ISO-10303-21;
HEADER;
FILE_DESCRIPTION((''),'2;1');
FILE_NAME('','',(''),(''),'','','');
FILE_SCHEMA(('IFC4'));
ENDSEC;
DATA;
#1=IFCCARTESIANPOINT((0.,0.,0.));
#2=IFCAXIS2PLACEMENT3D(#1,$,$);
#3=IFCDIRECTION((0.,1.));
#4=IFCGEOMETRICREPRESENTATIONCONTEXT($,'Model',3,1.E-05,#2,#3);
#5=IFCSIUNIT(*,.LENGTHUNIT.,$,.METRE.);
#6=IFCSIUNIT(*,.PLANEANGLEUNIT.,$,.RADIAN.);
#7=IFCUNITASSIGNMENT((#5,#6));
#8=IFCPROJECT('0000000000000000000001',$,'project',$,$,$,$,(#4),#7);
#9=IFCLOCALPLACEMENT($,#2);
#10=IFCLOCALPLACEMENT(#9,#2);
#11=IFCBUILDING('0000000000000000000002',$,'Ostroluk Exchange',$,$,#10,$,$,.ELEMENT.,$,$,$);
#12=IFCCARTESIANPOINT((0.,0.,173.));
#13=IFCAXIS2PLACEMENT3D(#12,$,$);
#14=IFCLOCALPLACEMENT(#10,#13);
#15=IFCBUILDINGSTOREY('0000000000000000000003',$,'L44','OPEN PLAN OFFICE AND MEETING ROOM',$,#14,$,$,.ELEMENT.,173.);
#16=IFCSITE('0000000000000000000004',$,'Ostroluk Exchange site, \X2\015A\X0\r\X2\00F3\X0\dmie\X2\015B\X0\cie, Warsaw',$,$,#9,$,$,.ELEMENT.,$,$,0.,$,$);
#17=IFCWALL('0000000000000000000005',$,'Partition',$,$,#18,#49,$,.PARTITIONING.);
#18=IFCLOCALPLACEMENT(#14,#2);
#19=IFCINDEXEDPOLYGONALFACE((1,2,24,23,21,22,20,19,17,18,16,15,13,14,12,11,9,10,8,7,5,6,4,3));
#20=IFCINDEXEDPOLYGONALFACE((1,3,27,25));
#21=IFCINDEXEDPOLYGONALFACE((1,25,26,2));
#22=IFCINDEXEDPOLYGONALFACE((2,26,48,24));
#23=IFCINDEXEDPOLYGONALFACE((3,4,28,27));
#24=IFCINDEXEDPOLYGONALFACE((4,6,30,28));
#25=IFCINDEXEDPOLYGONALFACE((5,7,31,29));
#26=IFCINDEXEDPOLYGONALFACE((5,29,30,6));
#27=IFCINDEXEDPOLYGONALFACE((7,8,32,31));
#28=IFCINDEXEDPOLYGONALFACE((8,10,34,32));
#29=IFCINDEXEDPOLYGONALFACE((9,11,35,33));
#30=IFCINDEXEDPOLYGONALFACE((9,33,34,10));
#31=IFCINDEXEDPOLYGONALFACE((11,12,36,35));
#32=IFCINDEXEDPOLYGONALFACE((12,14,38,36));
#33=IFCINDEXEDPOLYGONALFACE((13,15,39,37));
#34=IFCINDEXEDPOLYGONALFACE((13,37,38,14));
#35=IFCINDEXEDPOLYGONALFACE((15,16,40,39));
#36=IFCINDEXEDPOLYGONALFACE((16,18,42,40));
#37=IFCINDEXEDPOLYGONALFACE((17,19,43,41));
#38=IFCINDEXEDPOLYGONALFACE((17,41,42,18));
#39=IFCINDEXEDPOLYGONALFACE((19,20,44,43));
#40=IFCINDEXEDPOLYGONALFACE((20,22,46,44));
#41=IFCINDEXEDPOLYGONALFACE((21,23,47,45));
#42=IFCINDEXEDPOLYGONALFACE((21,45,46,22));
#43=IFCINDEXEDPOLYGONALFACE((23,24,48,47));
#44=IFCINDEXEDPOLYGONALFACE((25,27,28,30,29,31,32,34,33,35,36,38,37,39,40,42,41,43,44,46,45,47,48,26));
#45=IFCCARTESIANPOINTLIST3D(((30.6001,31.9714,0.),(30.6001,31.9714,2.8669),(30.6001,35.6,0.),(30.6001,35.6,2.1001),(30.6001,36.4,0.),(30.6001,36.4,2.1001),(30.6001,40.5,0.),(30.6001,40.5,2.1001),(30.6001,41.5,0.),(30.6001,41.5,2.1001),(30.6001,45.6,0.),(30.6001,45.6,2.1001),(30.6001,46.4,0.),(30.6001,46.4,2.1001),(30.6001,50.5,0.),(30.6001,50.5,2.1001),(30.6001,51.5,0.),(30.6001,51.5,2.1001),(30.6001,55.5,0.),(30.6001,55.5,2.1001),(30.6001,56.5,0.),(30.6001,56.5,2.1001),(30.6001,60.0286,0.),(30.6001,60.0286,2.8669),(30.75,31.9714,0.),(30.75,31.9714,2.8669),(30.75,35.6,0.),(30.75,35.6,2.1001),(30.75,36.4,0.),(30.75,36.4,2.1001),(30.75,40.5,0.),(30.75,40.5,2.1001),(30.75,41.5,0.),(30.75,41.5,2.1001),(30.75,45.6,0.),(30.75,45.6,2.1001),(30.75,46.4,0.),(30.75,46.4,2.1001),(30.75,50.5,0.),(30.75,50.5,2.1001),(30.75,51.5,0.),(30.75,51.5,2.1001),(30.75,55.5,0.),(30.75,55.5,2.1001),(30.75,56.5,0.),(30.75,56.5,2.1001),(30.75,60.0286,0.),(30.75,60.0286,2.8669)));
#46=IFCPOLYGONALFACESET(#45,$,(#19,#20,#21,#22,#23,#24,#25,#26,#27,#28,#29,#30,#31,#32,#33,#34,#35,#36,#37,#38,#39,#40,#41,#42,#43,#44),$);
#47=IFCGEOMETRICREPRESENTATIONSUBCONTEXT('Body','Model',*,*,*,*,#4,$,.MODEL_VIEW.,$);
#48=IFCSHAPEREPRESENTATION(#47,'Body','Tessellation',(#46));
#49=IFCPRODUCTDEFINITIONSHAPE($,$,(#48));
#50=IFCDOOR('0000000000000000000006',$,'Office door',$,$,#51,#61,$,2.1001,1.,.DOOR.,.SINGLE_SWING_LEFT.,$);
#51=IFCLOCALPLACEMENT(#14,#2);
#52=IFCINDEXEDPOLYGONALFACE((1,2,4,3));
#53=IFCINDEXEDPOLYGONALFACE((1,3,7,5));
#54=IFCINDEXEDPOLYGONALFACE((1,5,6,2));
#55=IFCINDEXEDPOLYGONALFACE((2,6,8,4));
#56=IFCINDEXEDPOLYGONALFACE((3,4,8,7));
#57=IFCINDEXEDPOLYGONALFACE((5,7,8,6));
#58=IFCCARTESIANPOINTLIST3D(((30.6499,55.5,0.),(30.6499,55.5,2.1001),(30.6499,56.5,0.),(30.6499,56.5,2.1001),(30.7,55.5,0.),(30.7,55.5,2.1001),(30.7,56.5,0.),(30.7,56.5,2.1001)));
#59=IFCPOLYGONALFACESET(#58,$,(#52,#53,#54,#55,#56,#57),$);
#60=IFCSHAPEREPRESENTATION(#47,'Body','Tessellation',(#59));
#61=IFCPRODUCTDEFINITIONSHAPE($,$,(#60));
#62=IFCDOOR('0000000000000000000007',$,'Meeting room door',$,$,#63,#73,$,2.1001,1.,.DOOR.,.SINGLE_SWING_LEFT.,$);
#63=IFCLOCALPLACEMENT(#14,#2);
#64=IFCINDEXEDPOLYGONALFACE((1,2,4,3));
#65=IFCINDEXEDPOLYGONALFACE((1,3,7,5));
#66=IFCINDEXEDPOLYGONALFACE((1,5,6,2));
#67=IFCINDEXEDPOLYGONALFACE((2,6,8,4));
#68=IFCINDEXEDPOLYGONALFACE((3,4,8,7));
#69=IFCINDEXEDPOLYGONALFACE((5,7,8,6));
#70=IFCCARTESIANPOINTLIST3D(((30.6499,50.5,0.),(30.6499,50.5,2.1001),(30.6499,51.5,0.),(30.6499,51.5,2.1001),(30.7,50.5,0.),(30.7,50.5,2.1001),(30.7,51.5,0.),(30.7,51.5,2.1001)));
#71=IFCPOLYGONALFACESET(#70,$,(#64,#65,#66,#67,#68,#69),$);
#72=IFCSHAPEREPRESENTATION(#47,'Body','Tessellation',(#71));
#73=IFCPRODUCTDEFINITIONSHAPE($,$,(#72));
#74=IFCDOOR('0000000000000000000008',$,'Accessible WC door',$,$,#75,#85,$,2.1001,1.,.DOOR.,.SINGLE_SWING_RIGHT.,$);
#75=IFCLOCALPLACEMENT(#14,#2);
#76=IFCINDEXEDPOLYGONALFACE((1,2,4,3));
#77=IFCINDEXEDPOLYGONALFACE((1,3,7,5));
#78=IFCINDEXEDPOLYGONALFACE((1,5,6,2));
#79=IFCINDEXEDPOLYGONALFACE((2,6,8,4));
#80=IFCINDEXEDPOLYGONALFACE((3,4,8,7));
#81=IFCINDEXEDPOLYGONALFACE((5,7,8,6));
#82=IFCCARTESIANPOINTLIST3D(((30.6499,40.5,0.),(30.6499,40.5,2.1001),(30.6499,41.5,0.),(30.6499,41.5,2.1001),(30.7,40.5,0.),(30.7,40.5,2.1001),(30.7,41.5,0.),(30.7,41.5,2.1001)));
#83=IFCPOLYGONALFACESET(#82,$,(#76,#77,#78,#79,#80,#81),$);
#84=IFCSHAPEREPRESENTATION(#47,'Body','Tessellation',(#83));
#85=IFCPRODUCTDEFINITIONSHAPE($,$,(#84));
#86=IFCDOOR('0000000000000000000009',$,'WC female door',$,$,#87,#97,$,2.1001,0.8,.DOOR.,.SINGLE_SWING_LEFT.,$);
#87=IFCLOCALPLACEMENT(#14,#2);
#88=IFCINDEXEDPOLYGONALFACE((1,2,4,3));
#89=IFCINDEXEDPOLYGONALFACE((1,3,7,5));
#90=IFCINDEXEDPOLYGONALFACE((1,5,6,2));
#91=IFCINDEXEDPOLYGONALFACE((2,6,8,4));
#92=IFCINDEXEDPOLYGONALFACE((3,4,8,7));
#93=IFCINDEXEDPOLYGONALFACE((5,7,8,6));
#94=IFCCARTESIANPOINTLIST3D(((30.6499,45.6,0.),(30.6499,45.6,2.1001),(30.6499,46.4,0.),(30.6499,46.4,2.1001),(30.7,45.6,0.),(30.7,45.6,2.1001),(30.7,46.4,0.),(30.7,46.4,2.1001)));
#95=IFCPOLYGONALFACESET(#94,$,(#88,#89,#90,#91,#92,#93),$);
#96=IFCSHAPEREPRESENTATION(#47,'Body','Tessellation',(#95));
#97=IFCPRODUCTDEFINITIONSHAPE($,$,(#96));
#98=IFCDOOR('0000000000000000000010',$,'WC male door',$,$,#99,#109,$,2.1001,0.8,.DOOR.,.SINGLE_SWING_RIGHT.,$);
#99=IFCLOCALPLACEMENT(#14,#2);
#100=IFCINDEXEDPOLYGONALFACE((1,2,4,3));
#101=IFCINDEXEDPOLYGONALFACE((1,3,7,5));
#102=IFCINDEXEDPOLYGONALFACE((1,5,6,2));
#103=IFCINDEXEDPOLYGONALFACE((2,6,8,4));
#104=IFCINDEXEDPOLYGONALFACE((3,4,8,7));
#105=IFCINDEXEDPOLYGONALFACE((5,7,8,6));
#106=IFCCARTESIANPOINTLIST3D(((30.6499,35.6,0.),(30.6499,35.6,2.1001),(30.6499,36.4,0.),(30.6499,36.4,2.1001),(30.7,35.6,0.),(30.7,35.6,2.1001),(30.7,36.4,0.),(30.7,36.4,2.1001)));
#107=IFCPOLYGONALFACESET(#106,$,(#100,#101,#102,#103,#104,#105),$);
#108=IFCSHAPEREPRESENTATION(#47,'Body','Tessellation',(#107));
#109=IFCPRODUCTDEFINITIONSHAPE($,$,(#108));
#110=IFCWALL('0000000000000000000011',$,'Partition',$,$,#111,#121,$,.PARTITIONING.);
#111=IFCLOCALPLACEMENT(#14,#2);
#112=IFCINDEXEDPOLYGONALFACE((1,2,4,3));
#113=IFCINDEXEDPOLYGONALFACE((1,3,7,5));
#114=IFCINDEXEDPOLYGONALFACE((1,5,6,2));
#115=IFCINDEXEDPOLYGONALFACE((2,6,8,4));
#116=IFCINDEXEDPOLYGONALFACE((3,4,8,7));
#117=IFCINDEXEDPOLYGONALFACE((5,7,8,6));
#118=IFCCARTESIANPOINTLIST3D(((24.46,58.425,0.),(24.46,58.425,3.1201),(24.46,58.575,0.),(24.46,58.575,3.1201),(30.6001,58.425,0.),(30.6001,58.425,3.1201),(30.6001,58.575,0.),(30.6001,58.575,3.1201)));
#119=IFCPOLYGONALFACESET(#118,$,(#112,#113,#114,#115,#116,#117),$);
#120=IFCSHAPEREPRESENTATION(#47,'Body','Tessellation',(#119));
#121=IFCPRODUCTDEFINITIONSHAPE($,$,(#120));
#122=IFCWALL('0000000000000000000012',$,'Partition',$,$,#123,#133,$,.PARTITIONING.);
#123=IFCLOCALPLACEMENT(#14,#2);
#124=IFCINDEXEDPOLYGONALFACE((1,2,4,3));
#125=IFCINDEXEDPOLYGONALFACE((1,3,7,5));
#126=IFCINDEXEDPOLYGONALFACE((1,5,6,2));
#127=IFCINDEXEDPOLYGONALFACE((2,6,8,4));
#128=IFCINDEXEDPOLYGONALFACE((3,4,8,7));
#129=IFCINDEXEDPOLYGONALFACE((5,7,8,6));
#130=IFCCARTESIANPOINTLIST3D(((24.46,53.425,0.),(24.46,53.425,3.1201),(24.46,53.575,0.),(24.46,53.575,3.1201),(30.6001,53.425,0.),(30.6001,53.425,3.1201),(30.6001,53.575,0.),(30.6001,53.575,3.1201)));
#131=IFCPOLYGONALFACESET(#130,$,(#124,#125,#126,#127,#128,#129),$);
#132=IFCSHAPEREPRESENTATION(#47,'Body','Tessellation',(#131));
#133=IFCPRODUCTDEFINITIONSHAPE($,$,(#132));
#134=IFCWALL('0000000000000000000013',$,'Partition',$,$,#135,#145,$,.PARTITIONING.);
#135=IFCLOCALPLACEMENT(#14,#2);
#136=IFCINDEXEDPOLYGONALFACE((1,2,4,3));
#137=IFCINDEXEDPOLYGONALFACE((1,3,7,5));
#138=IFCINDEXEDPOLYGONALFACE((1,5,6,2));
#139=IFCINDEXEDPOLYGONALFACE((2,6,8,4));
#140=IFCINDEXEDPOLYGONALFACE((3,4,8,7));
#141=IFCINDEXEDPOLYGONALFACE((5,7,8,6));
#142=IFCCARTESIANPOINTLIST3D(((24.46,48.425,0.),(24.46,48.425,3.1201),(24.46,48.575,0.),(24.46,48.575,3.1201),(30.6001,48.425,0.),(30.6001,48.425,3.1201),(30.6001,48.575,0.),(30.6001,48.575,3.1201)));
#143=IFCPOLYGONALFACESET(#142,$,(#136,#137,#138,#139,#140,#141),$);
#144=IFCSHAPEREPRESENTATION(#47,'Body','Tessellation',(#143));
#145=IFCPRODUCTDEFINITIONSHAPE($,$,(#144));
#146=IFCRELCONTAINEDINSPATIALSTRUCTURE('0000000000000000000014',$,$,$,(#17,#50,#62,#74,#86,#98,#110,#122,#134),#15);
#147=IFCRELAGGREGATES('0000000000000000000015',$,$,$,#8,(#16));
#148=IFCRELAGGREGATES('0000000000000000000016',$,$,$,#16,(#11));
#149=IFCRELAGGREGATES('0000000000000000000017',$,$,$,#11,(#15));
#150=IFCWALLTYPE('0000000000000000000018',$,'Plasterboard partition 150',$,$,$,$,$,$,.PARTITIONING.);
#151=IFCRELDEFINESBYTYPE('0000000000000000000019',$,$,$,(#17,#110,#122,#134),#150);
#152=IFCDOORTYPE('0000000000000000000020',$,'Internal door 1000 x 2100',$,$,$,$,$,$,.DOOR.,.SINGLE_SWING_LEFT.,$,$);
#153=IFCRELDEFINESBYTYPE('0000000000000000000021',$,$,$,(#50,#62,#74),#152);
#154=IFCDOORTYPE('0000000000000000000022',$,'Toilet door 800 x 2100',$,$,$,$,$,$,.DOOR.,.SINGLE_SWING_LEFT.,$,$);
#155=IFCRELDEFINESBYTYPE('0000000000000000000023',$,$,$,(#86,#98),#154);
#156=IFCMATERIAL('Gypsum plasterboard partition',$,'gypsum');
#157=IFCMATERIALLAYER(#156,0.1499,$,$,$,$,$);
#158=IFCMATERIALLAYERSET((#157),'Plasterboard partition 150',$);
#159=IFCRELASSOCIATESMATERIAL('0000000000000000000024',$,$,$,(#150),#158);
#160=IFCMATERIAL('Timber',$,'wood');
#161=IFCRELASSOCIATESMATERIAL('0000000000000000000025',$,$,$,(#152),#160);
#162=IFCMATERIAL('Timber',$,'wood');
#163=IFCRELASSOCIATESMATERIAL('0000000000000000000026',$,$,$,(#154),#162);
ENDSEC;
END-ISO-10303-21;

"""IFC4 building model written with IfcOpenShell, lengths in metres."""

from ifc_helpers import new_model, si_unit, direction, frame, frame_2d, origin, place, context, subcontext, project, spatial, rectangle, extrude, material, layer, layer_set, type_object, element, fill, save


model = new_model("IFC4")

# Units and contexts
model_context = context("Model", 3, precision=1e-05, world=origin(), true_north=direction((0.0, 1.0)))
body_context = subcontext(model_context, "Body", "Model", "MODEL_VIEW")
ifc_project = project(units=[si_unit("LENGTHUNIT", "METRE"), si_unit("PLANEANGLEUNIT", "RADIAN")], contexts=[model_context])

# Site, building, storey
site_placement = place(None, origin())
site = spatial("IfcSite", under=ifc_project, at=site_placement, Name="Ostroluk Exchange site, Śródmieście, Warsaw", CompositionType="ELEMENT", RefElevation=0.0)
building_placement = place(site_placement, origin())
building = spatial("IfcBuilding", under=site, at=building_placement, Name="Ostroluk Exchange", CompositionType="ELEMENT")
storey_placement = place(building_placement, frame((0.0, 0.0, 173.0)))
storey = spatial("IfcBuildingStorey", under=building, at=storey_placement, Name="L44", Description="OPEN PLAN OFFICE AND MEETING ROOM", CompositionType="ELEMENT", Elevation=173.0)

# Wall, openings, doors
ifc_material_1 = material(Name="Gypsum plasterboard partition", Category="gypsum")
ifc_layer_1 = layer(ifc_material_1, 0.1499)
ifc_layer_set_1 = layer_set([ifc_layer_1], Name="Plasterboard partition 150")
wall_type = type_object("IfcWallType", Name="Plasterboard partition 150", PredefinedType="PARTITIONING", material=ifc_layer_set_1)
wall_placement = place(storey_placement, frame((30.675, 60.0286, 0.0), z_axis=(0.0, 0.0, 1.0), x_axis=(0.0, -1.0, 0.0)))
wall = element("IfcWall", 1, at=wall_placement, inside=storey, type_object=wall_type, Name="Partition", PredefinedType="PARTITIONING", context=body_context, shape_type="SweptSolid", body=[
    extrude(rectangle(XDim=28.0571, YDim=0.1499, at=frame_2d((14.0286, 0.0))), origin(), (0.0, 0.0, 1.0), 2.8669),
])
opening_1_placement = place(wall_placement, frame((3.5286, 0.0, 0.0)))
opening_1 = element("IfcOpeningElement", 2, at=opening_1_placement, cuts=wall, PredefinedType="OPENING", context=body_context, shape_type="SweptSolid", body=[
    extrude(rectangle(XDim=1.0, YDim=2.1001, at=frame_2d((0.5, 1.05))), frame((0.0, 0.085, 0.0), z_axis=(0.0, -1.0, 0.0), x_axis=(1.0, 0.0, 0.0)), (0.0, 0.0, 1.0), 0.1699),
])
opening_2_placement = place(wall_placement, frame((8.5286, 0.0, 0.0)))
opening_2 = element("IfcOpeningElement", 3, at=opening_2_placement, cuts=wall, PredefinedType="OPENING", context=body_context, shape_type="SweptSolid", body=[
    extrude(rectangle(XDim=1.0, YDim=2.1001, at=frame_2d((0.5, 1.05))), frame((0.0, 0.085, 0.0), z_axis=(0.0, -1.0, 0.0), x_axis=(1.0, 0.0, 0.0)), (0.0, 0.0, 1.0), 0.1699),
])
opening_3_placement = place(wall_placement, frame((13.6287, 0.0, 0.0)))
opening_3 = element("IfcOpeningElement", 4, at=opening_3_placement, cuts=wall, PredefinedType="OPENING", context=body_context, shape_type="SweptSolid", body=[
    extrude(rectangle(XDim=0.8, YDim=2.1001, at=frame_2d((0.3999, 1.05))), frame((0.0, 0.085, 0.0), z_axis=(0.0, -1.0, 0.0), x_axis=(1.0, 0.0, 0.0)), (0.0, 0.0, 1.0), 0.1699),
])
opening_4_placement = place(wall_placement, frame((18.5286, 0.0, 0.0)))
opening_4 = element("IfcOpeningElement", 5, at=opening_4_placement, cuts=wall, PredefinedType="OPENING", context=body_context, shape_type="SweptSolid", body=[
    extrude(rectangle(XDim=1.0, YDim=2.1001, at=frame_2d((0.5, 1.05))), frame((0.0, 0.085, 0.0), z_axis=(0.0, -1.0, 0.0), x_axis=(1.0, 0.0, 0.0)), (0.0, 0.0, 1.0), 0.1699),
])
opening_5_placement = place(wall_placement, frame((23.6287, 0.0, 0.0)))
opening_5 = element("IfcOpeningElement", 6, at=opening_5_placement, cuts=wall, PredefinedType="OPENING", context=body_context, shape_type="SweptSolid", body=[
    extrude(rectangle(XDim=0.8, YDim=2.1001, at=frame_2d((0.3999, 1.05))), frame((0.0, 0.085, 0.0), z_axis=(0.0, -1.0, 0.0), x_axis=(1.0, 0.0, 0.0)), (0.0, 0.0, 1.0), 0.1699),
])
ifc_material_2 = material(Name="Timber", Category="wood")
door_type_1 = type_object("IfcDoorType", Name="Internal door 1000 x 2100", OperationType="SINGLE_SWING_LEFT", PredefinedType="DOOR", material=ifc_material_2)
door_1_placement = place(opening_1_placement, origin())
door_1 = element("IfcDoor", 7, at=door_1_placement, inside=storey, type_object=door_type_1, Name="Office door", OperationType="SINGLE_SWING_LEFT", OverallHeight=2.1001, OverallWidth=1.0, PredefinedType="DOOR", context=body_context, shape_type="SweptSolid", body=[
    extrude(rectangle(XDim=1.0, YDim=2.1001, at=frame_2d((0.5, 1.05))), frame((0.0, 0.0249, 0.0), z_axis=(0.0, -1.0, 0.0), x_axis=(1.0, 0.0, 0.0)), (0.0, 0.0, 1.0), 0.05),
])
fill(opening_1, door_1)
door_2_placement = place(opening_2_placement, origin())
door_2 = element("IfcDoor", 8, at=door_2_placement, inside=storey, type_object=door_type_1, Name="Meeting room door", OperationType="SINGLE_SWING_LEFT", OverallHeight=2.1001, OverallWidth=1.0, PredefinedType="DOOR", context=body_context, shape_type="SweptSolid", body=[
    extrude(rectangle(XDim=1.0, YDim=2.1001, at=frame_2d((0.5, 1.05))), frame((0.0, 0.0249, 0.0), z_axis=(0.0, -1.0, 0.0), x_axis=(1.0, 0.0, 0.0)), (0.0, 0.0, 1.0), 0.05),
])
fill(opening_2, door_2)
door_3_placement = place(opening_4_placement, origin())
door_3 = element("IfcDoor", 9, at=door_3_placement, inside=storey, type_object=door_type_1, Name="Accessible WC door", OperationType="SINGLE_SWING_RIGHT", OverallHeight=2.1001, OverallWidth=1.0, PredefinedType="DOOR", context=body_context, shape_type="SweptSolid", body=[
    extrude(rectangle(XDim=1.0, YDim=2.1001, at=frame_2d((0.5, 1.05))), frame((0.0, 0.0249, 0.0), z_axis=(0.0, -1.0, 0.0), x_axis=(1.0, 0.0, 0.0)), (0.0, 0.0, 1.0), 0.05),
])
fill(opening_4, door_3)
ifc_material_3 = material(Name="Timber", Category="wood")
door_type_2 = type_object("IfcDoorType", Name="Toilet door 800 x 2100", OperationType="SINGLE_SWING_LEFT", PredefinedType="DOOR", material=ifc_material_3)
door_4_placement = place(opening_3_placement, origin())
door_4 = element("IfcDoor", 10, at=door_4_placement, inside=storey, type_object=door_type_2, Name="WC female door", OperationType="SINGLE_SWING_LEFT", OverallHeight=2.1001, OverallWidth=0.8, PredefinedType="DOOR", context=body_context, shape_type="SweptSolid", body=[
    extrude(rectangle(XDim=0.8, YDim=2.1001, at=frame_2d((0.3999, 1.05))), frame((0.0, 0.0249, 0.0), z_axis=(0.0, -1.0, 0.0), x_axis=(1.0, 0.0, 0.0)), (0.0, 0.0, 1.0), 0.05),
])
fill(opening_3, door_4)
door_5_placement = place(opening_5_placement, origin())
door_5 = element("IfcDoor", 11, at=door_5_placement, inside=storey, type_object=door_type_2, Name="WC male door", OperationType="SINGLE_SWING_RIGHT", OverallHeight=2.1001, OverallWidth=0.8, PredefinedType="DOOR", context=body_context, shape_type="SweptSolid", body=[
    extrude(rectangle(XDim=0.8, YDim=2.1001, at=frame_2d((0.3999, 1.05))), frame((0.0, 0.0249, 0.0), z_axis=(0.0, -1.0, 0.0), x_axis=(1.0, 0.0, 0.0)), (0.0, 0.0, 1.0), 0.05),
])
fill(opening_5, door_5)

# Walls
for number, where, z_axis, x_axis, name in (
    (12, (30.6001, 58.5, 0.0), (0.0, 0.0, 1.0), (-1.0, 0.0, 0.0), "Partition"),
    (13, (30.6001, 53.5, 0.0), (0.0, 0.0, 1.0), (-1.0, 0.0, 0.0), "Partition"),
    (14, (30.6001, 48.5, 0.0), (0.0, 0.0, 1.0), (-1.0, 0.0, 0.0), "Partition"),
):
    element("IfcWall", number, at=place(storey_placement, frame(where, z_axis=z_axis, x_axis=x_axis)), inside=storey, type_object=wall_type, Name=name, PredefinedType="PARTITIONING", context=body_context, shape_type="SweptSolid", body=[
        extrude(rectangle(XDim=6.1401, YDim=0.1499, at=frame_2d((3.0701, 0.0))), origin(), (0.0, 0.0, 1.0), 3.1201),
    ])

save(model, "model.ifc")
